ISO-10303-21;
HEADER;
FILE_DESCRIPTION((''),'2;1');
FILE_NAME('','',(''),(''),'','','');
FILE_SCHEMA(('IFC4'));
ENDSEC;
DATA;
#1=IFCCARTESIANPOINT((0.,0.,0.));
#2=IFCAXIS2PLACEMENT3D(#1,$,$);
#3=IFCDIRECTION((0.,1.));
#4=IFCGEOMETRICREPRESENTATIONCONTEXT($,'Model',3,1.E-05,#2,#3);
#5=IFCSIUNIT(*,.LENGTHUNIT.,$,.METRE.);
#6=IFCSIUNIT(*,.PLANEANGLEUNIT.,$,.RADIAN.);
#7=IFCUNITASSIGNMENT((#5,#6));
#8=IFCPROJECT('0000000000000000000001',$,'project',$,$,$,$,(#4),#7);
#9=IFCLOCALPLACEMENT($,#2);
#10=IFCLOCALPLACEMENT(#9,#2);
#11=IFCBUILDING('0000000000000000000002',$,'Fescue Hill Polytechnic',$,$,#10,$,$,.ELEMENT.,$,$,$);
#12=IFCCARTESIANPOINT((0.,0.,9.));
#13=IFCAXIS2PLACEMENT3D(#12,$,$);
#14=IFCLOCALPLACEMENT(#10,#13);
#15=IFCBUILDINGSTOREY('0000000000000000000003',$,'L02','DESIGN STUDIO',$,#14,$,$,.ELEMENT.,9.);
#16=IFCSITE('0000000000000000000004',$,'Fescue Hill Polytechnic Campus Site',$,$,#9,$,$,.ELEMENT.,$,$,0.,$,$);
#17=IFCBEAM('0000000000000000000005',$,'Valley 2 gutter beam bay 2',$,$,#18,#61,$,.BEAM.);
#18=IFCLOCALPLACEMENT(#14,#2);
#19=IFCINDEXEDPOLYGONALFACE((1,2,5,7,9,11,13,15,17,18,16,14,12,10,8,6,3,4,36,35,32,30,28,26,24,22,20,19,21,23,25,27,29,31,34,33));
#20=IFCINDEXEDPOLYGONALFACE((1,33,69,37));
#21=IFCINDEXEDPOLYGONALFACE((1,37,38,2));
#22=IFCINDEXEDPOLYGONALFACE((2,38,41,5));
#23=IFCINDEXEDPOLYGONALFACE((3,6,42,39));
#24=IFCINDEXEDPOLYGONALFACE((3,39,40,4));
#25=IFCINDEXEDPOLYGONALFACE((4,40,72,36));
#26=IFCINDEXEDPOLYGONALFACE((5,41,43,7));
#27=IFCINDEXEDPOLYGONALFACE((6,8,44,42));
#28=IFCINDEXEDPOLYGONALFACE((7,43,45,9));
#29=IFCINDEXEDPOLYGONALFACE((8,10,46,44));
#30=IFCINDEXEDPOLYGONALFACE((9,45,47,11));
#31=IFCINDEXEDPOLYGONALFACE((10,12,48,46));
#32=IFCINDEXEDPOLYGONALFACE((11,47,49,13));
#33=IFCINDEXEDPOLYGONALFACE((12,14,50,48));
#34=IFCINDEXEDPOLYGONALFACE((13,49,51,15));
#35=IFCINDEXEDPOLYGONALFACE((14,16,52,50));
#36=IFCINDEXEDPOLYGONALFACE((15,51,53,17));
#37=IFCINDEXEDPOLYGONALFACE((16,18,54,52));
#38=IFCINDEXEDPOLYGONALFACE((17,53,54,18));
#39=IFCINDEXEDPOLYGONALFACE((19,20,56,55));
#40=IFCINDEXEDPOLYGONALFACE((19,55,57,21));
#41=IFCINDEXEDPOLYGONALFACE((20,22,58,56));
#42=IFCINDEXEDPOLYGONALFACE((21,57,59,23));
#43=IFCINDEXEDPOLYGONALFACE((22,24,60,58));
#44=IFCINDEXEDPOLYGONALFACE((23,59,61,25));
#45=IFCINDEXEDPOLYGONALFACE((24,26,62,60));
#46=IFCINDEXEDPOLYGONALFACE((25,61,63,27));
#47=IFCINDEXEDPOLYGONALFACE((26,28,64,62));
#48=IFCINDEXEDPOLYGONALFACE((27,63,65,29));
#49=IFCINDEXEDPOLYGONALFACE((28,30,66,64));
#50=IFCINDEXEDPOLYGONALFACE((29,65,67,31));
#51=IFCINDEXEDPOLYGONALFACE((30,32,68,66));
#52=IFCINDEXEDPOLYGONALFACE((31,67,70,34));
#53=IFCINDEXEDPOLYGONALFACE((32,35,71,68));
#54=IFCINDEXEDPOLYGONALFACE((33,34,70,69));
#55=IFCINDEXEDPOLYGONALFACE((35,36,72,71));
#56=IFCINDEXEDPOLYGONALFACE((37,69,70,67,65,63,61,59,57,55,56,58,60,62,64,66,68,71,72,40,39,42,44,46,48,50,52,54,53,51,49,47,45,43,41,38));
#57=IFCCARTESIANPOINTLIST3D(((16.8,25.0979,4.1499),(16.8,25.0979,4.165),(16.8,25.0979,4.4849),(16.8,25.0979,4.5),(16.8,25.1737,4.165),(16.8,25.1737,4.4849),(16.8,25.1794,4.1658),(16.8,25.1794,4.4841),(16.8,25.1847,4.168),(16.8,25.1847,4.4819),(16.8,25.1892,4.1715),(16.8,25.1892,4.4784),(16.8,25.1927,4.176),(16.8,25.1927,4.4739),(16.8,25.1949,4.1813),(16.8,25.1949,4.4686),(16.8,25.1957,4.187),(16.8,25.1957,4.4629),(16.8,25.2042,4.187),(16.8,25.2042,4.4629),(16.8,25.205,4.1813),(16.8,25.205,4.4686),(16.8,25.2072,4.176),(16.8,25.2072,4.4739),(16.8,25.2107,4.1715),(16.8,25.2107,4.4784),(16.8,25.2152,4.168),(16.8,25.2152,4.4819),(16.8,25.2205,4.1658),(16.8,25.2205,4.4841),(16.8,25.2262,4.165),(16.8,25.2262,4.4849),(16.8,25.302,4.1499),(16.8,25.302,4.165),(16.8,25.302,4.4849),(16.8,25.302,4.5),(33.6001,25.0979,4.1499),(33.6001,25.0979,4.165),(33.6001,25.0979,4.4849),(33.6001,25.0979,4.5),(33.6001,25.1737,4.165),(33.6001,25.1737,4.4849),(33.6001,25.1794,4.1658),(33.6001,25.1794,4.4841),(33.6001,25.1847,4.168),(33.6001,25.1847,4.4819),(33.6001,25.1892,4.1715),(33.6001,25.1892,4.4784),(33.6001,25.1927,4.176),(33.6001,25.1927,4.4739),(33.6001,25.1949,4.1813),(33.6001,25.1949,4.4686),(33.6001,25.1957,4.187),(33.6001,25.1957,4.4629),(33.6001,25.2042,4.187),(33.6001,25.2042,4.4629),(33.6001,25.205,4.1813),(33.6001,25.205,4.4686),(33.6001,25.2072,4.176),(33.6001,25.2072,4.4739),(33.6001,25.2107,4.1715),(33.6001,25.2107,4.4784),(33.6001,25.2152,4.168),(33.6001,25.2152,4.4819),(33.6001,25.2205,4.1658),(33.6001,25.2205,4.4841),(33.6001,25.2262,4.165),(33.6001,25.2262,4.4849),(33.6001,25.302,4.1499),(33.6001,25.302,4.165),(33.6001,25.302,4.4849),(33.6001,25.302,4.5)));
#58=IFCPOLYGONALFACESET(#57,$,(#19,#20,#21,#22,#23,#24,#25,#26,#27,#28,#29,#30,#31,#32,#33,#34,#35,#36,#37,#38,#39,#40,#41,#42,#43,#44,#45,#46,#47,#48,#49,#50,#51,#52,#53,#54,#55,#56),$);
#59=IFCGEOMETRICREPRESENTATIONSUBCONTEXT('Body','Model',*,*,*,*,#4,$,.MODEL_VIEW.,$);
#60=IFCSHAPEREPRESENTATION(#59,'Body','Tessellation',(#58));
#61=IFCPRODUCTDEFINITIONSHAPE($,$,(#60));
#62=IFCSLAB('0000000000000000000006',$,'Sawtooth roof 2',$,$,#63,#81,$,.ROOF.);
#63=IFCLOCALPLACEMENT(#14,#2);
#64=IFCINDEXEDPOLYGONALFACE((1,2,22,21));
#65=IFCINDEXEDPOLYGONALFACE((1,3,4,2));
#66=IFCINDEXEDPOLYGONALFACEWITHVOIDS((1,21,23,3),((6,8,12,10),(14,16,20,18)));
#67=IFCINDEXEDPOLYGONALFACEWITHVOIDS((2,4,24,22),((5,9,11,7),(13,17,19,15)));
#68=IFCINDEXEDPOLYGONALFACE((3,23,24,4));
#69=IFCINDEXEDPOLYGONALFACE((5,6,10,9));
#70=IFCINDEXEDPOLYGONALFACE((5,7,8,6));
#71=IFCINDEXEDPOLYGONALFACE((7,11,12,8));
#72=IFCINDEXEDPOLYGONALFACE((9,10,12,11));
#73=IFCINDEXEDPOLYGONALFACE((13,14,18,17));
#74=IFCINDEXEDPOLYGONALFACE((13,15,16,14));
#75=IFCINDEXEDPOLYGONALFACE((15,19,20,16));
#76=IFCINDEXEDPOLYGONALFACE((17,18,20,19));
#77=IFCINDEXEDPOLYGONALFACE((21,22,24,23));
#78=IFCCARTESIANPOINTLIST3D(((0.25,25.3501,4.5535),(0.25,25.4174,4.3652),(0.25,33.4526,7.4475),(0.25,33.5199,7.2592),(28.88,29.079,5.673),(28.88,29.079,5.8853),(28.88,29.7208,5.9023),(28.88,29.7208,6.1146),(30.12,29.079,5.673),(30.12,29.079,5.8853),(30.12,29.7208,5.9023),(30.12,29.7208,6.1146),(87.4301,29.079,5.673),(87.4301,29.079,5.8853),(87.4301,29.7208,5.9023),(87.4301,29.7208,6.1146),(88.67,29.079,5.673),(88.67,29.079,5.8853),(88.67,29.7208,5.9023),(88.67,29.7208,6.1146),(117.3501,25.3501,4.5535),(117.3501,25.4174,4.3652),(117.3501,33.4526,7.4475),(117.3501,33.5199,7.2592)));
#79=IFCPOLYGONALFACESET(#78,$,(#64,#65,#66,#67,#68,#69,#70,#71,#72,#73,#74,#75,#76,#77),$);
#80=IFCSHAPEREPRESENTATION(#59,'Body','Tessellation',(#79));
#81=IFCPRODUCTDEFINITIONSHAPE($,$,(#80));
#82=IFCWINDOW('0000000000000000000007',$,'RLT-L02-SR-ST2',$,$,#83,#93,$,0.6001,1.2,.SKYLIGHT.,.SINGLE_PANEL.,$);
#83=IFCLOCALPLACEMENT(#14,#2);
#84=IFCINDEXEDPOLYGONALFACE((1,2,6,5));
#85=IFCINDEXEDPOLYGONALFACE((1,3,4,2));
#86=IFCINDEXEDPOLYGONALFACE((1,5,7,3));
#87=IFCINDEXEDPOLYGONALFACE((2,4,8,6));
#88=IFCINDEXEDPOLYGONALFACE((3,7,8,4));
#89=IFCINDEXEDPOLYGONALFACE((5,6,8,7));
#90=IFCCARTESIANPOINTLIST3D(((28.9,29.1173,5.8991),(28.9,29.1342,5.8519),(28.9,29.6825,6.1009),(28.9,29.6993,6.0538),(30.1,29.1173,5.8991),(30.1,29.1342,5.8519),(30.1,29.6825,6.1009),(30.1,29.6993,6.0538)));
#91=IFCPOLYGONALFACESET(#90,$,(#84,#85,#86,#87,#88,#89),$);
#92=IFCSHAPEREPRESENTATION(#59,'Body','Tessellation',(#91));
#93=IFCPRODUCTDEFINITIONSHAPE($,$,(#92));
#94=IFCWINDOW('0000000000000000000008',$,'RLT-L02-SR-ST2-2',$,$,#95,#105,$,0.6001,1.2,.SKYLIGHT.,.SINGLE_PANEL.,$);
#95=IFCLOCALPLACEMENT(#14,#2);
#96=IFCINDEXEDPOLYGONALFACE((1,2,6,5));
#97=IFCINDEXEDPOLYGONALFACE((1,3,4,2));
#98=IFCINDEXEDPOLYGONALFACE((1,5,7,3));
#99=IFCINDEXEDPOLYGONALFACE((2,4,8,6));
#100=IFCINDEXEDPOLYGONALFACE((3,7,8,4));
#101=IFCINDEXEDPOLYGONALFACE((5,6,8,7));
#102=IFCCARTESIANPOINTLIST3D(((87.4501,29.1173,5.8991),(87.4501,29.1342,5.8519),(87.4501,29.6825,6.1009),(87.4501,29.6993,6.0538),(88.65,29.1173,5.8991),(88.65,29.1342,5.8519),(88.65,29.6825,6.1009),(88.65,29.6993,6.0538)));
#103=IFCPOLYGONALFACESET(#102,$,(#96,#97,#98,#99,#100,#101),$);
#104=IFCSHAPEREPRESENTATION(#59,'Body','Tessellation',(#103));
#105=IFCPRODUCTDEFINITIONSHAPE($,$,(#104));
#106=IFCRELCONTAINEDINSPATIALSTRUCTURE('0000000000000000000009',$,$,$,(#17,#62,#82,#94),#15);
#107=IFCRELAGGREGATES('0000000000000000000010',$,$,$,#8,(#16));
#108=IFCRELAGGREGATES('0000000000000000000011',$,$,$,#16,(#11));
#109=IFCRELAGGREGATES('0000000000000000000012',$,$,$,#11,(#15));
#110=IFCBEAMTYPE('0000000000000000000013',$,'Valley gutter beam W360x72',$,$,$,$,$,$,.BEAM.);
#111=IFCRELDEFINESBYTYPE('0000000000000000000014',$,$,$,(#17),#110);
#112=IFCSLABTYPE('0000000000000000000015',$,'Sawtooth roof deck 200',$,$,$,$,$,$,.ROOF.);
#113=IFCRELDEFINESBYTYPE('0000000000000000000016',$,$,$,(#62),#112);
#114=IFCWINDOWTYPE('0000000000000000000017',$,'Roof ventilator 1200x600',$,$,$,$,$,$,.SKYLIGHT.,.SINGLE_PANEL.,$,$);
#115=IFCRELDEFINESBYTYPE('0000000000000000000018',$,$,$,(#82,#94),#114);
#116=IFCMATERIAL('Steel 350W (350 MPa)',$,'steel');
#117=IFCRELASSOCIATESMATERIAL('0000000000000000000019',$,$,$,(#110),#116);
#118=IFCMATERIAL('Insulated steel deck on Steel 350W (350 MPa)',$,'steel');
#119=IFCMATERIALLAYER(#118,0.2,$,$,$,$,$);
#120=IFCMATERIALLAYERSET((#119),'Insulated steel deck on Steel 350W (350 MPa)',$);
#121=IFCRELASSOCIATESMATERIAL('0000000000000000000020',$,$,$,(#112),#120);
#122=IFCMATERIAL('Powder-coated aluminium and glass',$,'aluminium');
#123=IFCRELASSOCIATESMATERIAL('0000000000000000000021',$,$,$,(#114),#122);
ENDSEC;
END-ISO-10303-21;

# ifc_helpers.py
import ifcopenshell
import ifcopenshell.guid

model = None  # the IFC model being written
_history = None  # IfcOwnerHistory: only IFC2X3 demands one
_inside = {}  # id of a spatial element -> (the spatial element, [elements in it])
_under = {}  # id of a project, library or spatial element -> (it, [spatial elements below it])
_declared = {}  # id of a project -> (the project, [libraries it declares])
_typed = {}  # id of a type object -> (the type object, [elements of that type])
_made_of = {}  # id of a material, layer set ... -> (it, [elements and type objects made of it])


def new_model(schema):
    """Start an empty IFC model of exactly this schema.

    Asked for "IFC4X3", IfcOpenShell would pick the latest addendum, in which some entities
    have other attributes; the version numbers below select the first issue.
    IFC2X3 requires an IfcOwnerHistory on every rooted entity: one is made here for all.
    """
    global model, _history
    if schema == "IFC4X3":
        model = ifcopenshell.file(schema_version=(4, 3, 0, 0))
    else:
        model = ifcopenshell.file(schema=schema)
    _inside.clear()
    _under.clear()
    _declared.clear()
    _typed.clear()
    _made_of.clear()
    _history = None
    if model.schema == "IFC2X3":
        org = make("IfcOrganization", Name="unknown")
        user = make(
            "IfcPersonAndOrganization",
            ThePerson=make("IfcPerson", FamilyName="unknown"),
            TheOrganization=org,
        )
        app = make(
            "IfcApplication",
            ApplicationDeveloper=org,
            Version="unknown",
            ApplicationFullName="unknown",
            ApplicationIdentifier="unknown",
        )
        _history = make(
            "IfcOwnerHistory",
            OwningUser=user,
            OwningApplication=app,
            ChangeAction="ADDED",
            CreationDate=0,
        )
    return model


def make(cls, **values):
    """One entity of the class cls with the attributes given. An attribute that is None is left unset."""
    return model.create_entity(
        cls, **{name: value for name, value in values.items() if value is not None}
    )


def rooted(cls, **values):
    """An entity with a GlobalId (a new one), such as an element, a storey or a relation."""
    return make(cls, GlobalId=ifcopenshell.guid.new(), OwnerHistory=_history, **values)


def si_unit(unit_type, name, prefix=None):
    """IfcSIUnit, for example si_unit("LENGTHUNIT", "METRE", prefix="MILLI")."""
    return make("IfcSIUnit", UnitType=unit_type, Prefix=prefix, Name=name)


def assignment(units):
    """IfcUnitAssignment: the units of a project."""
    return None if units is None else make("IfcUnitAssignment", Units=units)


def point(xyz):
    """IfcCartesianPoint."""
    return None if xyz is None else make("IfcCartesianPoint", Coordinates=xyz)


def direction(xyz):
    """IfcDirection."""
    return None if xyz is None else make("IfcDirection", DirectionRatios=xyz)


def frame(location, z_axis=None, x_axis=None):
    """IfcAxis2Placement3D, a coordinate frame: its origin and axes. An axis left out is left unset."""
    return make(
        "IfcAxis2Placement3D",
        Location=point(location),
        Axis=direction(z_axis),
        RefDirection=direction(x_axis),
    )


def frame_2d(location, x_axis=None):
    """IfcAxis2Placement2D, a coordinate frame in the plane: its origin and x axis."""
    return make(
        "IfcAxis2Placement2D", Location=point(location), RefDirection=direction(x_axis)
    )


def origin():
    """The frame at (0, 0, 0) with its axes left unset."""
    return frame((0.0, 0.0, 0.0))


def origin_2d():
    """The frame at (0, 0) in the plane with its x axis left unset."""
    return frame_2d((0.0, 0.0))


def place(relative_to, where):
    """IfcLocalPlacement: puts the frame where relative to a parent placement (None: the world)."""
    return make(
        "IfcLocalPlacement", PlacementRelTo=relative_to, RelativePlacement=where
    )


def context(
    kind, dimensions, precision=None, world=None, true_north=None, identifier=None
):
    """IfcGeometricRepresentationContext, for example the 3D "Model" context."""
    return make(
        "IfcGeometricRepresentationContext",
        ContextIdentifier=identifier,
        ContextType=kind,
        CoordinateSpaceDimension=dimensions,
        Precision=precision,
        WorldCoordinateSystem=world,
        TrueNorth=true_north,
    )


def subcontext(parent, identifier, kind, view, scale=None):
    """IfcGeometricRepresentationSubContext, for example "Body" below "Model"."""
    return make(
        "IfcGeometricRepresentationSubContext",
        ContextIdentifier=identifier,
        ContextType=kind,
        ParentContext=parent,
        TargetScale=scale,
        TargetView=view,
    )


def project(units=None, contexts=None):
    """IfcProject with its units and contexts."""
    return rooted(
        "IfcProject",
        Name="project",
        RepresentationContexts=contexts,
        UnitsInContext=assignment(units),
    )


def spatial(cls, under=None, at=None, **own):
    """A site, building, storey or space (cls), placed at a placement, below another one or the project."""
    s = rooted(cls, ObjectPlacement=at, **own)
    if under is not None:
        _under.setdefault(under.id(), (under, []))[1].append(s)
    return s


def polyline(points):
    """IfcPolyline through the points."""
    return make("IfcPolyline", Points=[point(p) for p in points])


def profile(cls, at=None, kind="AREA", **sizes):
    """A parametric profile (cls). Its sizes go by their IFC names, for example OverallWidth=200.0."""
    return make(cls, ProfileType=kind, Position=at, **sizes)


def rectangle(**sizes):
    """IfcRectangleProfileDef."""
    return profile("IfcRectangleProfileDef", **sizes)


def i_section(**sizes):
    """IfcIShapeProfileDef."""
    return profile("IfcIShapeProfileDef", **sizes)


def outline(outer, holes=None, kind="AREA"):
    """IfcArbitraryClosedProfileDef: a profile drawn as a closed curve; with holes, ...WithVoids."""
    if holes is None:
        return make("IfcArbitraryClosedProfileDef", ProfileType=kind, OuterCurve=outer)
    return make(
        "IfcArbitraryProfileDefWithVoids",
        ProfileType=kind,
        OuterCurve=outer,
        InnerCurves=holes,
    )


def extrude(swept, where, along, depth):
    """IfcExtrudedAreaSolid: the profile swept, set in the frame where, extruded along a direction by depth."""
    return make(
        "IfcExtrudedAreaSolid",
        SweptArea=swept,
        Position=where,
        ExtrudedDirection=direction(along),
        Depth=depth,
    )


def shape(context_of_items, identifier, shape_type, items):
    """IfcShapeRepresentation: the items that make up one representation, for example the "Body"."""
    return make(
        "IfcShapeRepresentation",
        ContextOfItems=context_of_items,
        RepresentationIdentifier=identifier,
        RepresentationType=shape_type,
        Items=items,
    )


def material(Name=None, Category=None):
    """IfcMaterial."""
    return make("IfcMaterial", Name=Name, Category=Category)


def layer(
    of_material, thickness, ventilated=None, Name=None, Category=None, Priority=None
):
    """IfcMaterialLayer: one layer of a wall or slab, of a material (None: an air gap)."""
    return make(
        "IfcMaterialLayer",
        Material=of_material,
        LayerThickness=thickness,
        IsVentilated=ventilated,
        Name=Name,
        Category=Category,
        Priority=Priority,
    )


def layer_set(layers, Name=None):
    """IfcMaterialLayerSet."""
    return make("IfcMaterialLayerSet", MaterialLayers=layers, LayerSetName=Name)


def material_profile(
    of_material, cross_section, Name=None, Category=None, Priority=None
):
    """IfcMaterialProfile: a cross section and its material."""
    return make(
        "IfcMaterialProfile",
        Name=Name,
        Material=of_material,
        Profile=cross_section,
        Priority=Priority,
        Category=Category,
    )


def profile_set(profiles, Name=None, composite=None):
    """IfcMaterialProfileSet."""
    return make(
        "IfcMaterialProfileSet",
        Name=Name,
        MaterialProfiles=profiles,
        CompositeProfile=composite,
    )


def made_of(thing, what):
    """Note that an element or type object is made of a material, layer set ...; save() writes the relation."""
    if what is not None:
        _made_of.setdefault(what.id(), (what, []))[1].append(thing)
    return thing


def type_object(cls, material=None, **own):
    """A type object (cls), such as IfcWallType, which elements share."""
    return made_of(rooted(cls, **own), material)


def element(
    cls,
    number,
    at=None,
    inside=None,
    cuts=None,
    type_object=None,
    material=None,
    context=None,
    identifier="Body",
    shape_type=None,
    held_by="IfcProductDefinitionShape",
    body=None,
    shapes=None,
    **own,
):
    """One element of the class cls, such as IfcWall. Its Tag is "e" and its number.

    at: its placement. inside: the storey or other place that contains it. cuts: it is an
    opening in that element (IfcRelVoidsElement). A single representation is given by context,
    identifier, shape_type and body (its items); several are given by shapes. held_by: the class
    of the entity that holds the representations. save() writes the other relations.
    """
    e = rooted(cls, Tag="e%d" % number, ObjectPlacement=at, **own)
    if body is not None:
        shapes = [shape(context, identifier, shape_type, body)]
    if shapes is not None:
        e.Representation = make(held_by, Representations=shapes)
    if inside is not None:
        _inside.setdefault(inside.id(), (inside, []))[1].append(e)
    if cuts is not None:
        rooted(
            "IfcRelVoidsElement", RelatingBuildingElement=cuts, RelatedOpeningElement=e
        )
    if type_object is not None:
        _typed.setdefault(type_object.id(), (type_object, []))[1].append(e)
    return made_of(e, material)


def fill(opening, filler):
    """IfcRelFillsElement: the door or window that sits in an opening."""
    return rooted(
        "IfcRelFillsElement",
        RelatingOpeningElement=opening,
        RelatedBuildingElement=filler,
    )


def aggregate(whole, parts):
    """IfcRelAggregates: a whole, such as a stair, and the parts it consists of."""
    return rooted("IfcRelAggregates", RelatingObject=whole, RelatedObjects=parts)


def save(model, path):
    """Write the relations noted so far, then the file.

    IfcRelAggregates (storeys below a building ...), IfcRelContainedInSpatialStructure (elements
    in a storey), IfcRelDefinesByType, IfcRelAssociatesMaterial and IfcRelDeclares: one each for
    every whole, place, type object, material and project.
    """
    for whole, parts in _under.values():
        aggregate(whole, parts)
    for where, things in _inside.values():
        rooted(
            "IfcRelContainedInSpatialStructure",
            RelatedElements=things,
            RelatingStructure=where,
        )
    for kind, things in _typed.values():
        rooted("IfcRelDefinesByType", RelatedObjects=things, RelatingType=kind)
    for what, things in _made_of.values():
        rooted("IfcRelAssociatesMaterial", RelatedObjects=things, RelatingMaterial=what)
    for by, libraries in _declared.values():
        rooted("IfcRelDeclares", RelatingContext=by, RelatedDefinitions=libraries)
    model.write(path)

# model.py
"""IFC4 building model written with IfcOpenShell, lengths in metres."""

from ifc_helpers import new_model, si_unit, direction, frame, origin, origin_2d, place, context, subcontext, project, spatial, polyline, rectangle, i_section, outline, extrude, material, layer, layer_set, material_profile, profile_set, type_object, element, fill, save


model = new_model("IFC4")

# Units and contexts
model_context = context("Model", 3, precision=1e-05, world=origin(), true_north=direction((0.0, 1.0)))
body_context = subcontext(model_context, "Body", "Model", "MODEL_VIEW")
ifc_project = project(units=[si_unit("LENGTHUNIT", "METRE"), si_unit("PLANEANGLEUNIT", "RADIAN")], contexts=[model_context])

# Site, building, storey
site_placement = place(None, origin())
site = spatial("IfcSite", under=ifc_project, at=site_placement, Name="Fescue Hill Polytechnic Campus Site", CompositionType="ELEMENT", RefElevation=0.0)
building_placement = place(site_placement, origin())
building = spatial("IfcBuilding", under=site, at=building_placement, Name="Fescue Hill Polytechnic", CompositionType="ELEMENT")
storey_placement = place(building_placement, frame((0.0, 0.0, 9.0)))
storey = spatial("IfcBuildingStorey", under=building, at=storey_placement, Name="L02", Description="DESIGN STUDIO", CompositionType="ELEMENT", Elevation=9.0)

# Shared definitions
ifc_material_1 = material(Name="Steel 350W (350 MPa)", Category="steel")

# Beam
ifc_material_profile_1 = material_profile(ifc_material_1, i_section(OverallWidth=0.2041, OverallDepth=0.3501, WebThickness=0.0085, FlangeThickness=0.0151, FilletRadius=0.022, at=origin_2d()), Name="W360x72")
ifc_profile_set_1 = profile_set([ifc_material_profile_1], Name="Steel 350W (350 MPa)")
beam_type_1 = type_object("IfcBeamType", Name="Valley gutter beam W360x72", PredefinedType="BEAM", material=ifc_profile_set_1)
beam_1_placement = place(storey_placement, frame((16.8, 25.2, 4.325), z_axis=(1.0, 0.0, 0.0), x_axis=(0.0, 1.0, 0.0)))
element("IfcBeam", 1, at=beam_1_placement, inside=storey, type_object=beam_type_1, Name="Valley 2 gutter beam bay 2", PredefinedType="BEAM", context=body_context, shape_type="SweptSolid", body=[
    extrude(i_section(OverallWidth=0.2041, OverallDepth=0.3501, WebThickness=0.0085, FlangeThickness=0.0151, FilletRadius=0.022, at=origin_2d()), origin(), (0.0, 0.0, 1.0), 16.8),
])

# Slab, openings, windows
ifc_material_2 = material(Name="Insulated steel deck on Steel 350W (350 MPa)", Category="steel")
ifc_layer = layer(ifc_material_2, 0.2)
ifc_layer_set = layer_set([ifc_layer], Name="Insulated steel deck on Steel 350W (350 MPa)")
slab_type = type_object("IfcSlabType", Name="Sawtooth roof deck 200", PredefinedType="ROOF", material=ifc_layer_set)
slab_placement = place(storey_placement, frame((0.25, 25.3501, 4.5535), z_axis=(0.0, -0.336365, 0.941732), x_axis=(1.0, 0.0, 0.0)))
slab = element("IfcSlab", 2, at=slab_placement, inside=storey, type_object=slab_type, Name="Sawtooth roof 2", PredefinedType="ROOF", context=body_context, shape_type="SweptSolid", body=[
    extrude(outline(polyline([(0.0, 0.0), (117.1001, 0.0), (117.1001, 8.6039), (0.0, 8.6039), (0.0, 0.0)])), origin(), (0.0, 0.0, -1.0), 0.2),
])
opening_1_placement = place(storey_placement, frame((29.5, 29.3999, 5.4734)))
opening_1 = element("IfcOpeningElement", 3, at=opening_1_placement, cuts=slab, PredefinedType="OPENING", context=body_context, shape_type="SweptSolid", body=[
    extrude(rectangle(XDim=1.24, YDim=0.6418, at=origin_2d()), origin(), (0.0, 0.0, 1.0), 0.8411),
])
opening_2_placement = place(storey_placement, frame((88.05, 29.3999, 5.4734)))
opening_2 = element("IfcOpeningElement", 4, at=opening_2_placement, cuts=slab, PredefinedType="OPENING", context=body_context, shape_type="SweptSolid", body=[
    extrude(rectangle(XDim=1.24, YDim=0.6418, at=origin_2d()), origin(), (0.0, 0.0, 1.0), 0.8411),
])
ifc_material_3 = material(Name="Powder-coated aluminium and glass", Category="aluminium")
window_type = type_object("IfcWindowType", Name="Roof ventilator 1200x600", PartitioningType="SINGLE_PANEL", PredefinedType="SKYLIGHT", material=ifc_material_3)
window_1_placement = place(storey_placement, frame((29.5, 29.3999, 6.0), z_axis=(0.0, -0.336365, 0.941732), x_axis=(1.0, 0.0, 0.0)))
window_1 = element("IfcWindow", 5, at=window_1_placement, inside=storey, type_object=window_type, Name="RLT-L02-SR-ST2", OverallHeight=0.6001, OverallWidth=1.2, PartitioningType="SINGLE_PANEL", PredefinedType="SKYLIGHT", context=body_context, shape_type="SweptSolid", body=[
    extrude(rectangle(XDim=1.2, YDim=0.6001, at=origin_2d()), origin(), (0.0, 0.0, -1.0), 0.05),
])
fill(opening_1, window_1)
window_2_placement = place(storey_placement, frame((88.05, 29.3999, 6.0), z_axis=(0.0, -0.336365, 0.941732), x_axis=(1.0, 0.0, 0.0)))
window_2 = element("IfcWindow", 6, at=window_2_placement, inside=storey, type_object=window_type, Name="RLT-L02-SR-ST2-2", OverallHeight=0.6001, OverallWidth=1.2, PartitioningType="SINGLE_PANEL", PredefinedType="SKYLIGHT", context=body_context, shape_type="SweptSolid", body=[
    extrude(rectangle(XDim=1.2, YDim=0.6001, at=origin_2d()), origin(), (0.0, 0.0, -1.0), 0.05),
])
fill(opening_2, window_2)

save(model, "model.ifc")
